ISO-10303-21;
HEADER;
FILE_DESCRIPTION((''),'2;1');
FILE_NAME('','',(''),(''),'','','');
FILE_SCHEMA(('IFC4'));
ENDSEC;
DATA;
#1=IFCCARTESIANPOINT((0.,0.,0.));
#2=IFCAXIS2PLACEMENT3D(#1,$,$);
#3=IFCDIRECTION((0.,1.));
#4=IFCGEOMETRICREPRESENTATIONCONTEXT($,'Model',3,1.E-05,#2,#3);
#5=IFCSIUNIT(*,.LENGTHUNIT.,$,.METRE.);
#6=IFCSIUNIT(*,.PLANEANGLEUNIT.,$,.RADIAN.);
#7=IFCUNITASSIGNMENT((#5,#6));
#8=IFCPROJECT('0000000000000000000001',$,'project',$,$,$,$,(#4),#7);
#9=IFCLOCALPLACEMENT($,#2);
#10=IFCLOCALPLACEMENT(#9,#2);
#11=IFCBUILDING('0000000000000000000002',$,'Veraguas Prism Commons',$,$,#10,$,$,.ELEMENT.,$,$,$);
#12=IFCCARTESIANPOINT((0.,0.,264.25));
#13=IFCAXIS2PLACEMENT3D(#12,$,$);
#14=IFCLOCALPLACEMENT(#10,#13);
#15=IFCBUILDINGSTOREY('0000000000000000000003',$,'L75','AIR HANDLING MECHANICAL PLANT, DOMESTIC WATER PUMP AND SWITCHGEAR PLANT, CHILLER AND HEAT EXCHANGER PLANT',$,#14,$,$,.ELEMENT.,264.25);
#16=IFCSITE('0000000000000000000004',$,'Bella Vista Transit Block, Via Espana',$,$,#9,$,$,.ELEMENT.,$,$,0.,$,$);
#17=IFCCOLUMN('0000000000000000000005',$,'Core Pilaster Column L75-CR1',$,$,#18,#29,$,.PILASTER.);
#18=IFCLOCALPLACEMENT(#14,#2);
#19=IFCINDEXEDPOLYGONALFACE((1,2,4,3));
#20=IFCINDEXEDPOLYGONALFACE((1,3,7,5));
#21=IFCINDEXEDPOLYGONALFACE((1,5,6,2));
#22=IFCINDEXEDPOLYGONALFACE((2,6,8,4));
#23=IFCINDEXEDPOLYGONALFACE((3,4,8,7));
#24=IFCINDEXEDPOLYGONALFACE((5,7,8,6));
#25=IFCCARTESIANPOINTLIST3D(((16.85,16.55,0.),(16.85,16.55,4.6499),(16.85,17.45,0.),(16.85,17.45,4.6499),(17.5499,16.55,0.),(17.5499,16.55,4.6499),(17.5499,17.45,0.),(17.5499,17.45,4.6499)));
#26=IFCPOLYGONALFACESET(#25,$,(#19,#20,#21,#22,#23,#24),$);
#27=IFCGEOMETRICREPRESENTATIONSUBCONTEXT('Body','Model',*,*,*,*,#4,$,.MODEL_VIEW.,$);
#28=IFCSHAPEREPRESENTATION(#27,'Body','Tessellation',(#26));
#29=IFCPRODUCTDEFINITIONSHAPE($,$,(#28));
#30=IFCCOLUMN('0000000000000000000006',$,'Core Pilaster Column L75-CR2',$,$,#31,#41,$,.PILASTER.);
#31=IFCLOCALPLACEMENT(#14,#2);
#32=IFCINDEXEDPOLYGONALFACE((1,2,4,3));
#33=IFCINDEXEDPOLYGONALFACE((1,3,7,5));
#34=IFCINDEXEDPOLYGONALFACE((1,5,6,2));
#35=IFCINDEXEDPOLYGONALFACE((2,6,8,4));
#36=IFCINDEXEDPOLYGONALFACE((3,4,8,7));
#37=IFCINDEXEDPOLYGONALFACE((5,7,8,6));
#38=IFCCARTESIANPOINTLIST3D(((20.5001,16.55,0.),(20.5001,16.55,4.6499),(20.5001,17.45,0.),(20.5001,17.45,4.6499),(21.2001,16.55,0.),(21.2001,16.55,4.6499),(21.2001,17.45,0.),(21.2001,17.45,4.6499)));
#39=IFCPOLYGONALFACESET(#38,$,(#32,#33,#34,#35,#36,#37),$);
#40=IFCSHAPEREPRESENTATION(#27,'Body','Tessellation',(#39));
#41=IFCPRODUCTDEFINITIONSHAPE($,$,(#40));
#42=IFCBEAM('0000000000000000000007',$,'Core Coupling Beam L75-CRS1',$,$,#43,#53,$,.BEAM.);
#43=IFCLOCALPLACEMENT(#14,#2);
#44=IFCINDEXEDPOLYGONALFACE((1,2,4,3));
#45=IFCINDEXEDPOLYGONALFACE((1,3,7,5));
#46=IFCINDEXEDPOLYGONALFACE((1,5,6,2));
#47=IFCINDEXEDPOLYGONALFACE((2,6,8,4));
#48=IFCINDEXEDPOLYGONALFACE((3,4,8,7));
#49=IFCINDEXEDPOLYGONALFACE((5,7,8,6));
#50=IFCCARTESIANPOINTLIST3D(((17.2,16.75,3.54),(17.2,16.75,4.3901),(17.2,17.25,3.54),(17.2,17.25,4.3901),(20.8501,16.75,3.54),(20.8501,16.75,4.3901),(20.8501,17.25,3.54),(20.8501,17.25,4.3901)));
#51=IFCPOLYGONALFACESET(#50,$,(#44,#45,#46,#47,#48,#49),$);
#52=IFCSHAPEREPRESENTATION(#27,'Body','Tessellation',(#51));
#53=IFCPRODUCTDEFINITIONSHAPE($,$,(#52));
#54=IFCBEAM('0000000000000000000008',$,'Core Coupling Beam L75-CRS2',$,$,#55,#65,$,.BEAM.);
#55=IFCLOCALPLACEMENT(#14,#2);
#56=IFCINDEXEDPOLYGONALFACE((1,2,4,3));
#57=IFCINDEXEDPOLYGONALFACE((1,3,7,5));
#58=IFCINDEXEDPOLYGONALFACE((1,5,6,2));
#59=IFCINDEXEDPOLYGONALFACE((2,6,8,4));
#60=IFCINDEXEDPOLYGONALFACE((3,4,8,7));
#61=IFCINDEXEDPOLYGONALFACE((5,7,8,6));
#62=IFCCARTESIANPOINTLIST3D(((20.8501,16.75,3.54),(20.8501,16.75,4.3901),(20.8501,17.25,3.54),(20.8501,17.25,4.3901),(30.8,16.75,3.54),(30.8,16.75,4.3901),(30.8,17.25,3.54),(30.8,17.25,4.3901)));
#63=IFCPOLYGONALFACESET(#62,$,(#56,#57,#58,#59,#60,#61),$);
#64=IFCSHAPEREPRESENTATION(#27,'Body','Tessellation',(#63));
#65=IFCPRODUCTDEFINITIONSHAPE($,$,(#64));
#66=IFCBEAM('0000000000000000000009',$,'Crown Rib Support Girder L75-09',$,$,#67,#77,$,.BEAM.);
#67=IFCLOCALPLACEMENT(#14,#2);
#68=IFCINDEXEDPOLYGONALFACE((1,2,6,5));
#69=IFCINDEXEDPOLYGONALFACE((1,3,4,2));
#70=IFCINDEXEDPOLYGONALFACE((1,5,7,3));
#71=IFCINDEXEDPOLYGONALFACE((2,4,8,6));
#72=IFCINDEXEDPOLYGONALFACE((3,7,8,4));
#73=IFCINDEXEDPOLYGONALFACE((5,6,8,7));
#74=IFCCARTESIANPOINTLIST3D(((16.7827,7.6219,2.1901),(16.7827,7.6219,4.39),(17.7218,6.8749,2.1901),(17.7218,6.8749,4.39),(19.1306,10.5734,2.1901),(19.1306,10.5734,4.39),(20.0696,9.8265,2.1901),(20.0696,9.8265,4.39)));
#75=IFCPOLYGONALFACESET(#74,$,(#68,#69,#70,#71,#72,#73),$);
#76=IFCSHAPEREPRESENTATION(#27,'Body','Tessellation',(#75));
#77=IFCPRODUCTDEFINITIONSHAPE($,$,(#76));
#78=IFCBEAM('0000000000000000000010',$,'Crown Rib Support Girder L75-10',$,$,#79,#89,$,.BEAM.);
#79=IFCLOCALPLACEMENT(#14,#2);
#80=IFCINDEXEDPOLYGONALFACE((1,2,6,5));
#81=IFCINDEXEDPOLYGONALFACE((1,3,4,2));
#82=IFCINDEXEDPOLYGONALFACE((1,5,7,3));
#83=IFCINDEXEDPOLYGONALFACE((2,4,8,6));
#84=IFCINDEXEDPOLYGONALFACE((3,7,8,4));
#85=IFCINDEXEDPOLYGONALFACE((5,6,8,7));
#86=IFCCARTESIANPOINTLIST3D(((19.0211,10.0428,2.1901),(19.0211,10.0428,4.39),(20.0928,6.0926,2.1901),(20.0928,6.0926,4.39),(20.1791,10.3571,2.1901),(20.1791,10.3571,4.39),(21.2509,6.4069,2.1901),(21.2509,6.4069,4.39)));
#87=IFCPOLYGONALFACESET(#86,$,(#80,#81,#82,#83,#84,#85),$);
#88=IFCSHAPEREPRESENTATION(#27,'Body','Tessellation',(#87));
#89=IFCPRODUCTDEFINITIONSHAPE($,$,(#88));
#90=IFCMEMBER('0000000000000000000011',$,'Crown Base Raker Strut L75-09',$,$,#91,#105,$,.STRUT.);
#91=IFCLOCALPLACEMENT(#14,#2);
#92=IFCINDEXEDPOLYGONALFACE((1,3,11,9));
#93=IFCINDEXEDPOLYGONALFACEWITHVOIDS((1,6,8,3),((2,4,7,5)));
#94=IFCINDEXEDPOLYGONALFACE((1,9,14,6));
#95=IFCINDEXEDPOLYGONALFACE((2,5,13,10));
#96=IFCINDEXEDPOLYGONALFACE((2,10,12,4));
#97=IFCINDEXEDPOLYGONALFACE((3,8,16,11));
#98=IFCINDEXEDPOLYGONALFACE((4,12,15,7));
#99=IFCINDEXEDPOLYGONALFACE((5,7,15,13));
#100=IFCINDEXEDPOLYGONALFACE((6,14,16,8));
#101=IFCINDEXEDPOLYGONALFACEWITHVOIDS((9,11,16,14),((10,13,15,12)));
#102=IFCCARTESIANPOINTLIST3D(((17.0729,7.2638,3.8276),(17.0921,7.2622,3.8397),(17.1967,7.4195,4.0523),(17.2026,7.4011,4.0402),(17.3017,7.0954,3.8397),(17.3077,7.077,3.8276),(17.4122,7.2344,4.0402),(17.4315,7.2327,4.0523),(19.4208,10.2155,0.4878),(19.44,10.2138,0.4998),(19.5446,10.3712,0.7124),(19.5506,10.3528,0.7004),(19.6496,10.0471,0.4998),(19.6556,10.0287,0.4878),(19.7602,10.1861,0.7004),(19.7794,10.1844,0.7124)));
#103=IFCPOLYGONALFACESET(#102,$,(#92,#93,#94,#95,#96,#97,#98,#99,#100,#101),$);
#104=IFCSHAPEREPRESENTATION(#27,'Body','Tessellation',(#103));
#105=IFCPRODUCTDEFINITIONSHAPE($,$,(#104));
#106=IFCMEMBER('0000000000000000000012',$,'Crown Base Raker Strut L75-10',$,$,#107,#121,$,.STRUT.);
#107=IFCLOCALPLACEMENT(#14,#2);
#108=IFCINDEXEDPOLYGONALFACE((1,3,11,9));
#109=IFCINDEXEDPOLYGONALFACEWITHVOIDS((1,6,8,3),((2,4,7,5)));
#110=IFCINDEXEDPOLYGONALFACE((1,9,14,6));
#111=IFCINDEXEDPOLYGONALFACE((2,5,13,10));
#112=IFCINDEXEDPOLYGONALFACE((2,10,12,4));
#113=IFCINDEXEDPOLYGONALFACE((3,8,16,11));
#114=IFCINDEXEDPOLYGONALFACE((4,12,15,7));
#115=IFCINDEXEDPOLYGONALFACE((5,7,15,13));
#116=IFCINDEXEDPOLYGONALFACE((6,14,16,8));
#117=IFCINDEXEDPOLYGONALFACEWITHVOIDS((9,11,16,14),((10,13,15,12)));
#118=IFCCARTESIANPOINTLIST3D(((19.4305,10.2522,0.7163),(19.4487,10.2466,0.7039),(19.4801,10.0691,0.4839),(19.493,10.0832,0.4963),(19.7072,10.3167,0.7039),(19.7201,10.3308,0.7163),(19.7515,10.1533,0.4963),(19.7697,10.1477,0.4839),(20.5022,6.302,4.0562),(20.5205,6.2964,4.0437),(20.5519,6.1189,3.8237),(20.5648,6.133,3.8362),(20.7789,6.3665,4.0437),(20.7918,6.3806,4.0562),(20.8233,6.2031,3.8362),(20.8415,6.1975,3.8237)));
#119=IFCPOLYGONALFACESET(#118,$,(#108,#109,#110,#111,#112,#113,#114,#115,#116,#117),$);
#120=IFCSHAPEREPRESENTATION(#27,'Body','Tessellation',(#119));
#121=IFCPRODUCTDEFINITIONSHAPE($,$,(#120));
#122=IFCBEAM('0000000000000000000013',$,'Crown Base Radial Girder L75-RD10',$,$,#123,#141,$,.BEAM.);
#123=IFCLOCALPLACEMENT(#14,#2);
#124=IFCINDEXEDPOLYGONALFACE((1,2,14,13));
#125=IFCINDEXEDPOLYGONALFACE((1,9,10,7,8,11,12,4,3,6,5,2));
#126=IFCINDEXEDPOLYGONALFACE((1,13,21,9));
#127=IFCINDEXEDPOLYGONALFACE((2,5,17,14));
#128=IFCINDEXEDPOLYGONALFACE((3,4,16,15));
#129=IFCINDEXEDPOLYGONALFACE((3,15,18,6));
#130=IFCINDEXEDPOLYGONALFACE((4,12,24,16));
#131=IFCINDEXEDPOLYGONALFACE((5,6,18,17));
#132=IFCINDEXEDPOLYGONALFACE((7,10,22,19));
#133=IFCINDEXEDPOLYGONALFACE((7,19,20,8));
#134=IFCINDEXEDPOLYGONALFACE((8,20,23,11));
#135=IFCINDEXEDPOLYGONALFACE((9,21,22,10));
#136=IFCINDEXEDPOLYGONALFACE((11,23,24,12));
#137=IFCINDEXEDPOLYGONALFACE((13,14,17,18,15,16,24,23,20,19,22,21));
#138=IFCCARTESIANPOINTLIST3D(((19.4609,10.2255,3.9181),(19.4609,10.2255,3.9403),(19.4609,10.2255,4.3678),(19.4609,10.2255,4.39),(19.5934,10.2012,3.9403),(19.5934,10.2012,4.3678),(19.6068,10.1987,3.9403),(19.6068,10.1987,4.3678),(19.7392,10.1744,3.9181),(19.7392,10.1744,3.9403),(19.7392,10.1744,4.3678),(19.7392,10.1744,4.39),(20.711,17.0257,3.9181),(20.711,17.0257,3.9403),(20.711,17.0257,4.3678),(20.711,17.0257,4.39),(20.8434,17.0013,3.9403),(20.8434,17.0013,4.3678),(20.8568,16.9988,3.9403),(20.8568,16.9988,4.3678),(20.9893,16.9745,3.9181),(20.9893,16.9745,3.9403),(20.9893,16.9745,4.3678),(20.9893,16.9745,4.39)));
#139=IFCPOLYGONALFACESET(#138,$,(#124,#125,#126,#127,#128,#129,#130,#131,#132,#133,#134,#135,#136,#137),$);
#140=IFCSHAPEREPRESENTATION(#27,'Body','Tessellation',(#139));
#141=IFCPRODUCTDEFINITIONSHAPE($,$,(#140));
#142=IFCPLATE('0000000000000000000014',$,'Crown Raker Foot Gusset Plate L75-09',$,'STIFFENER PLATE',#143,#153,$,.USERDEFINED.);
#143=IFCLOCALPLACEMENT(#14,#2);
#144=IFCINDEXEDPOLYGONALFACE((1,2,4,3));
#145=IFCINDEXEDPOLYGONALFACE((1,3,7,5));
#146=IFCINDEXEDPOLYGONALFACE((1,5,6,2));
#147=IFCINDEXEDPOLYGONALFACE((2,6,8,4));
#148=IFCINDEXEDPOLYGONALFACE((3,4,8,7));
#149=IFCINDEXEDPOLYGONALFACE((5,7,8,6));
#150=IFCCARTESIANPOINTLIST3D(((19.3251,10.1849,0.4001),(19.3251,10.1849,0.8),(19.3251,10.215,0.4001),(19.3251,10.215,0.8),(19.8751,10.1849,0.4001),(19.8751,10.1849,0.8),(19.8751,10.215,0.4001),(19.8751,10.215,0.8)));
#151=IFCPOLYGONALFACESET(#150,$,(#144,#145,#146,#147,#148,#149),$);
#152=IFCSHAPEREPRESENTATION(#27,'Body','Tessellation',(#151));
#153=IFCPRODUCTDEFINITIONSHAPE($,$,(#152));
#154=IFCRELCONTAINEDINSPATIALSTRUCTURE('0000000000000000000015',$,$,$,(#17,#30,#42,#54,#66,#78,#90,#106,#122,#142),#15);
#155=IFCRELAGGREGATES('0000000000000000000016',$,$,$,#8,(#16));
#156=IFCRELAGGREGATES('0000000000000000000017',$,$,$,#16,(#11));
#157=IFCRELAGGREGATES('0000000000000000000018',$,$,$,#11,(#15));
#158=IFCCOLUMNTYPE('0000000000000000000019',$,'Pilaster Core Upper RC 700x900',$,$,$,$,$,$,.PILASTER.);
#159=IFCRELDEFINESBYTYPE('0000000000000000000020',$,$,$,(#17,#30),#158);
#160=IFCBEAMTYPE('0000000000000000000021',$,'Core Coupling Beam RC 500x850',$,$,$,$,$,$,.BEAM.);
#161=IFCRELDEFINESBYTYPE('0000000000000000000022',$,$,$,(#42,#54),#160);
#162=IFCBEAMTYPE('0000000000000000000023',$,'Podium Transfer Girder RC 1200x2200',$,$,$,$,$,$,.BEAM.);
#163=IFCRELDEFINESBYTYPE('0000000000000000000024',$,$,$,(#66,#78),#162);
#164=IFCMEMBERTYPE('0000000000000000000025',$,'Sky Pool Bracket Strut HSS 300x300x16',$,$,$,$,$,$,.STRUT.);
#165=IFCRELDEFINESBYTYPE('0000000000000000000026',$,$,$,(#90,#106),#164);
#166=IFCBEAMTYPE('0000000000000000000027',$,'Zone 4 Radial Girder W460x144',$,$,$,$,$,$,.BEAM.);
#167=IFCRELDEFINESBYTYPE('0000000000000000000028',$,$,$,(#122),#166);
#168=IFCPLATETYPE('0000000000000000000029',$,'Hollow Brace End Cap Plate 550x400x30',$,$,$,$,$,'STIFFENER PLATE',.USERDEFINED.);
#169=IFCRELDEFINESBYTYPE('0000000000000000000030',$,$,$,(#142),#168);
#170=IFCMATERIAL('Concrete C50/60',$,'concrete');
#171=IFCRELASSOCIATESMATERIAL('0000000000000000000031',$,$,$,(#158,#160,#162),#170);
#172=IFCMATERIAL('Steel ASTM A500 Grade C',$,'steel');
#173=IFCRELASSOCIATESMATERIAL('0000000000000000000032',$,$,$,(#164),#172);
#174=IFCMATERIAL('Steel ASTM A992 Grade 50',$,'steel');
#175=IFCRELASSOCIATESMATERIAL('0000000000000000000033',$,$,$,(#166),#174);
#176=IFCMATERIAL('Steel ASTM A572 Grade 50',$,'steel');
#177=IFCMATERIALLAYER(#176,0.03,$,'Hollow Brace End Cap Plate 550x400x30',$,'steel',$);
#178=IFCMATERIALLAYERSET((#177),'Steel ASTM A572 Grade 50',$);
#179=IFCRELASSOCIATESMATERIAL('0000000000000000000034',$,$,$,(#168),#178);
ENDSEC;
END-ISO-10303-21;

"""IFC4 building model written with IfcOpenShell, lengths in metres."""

from ifc_helpers import new_model, si_unit, direction, frame, origin, origin_2d, place, context, subcontext, project, spatial, rectangle, hollow_rectangle, i_section, extrude, source, transform, mapped, material, layer, layer_set, material_profile, profile_set, type_object, element, save


model = new_model("IFC4")

# Units and contexts
model_context = context("Model", 3, precision=1e-05, world=origin(), true_north=direction((0.0, 1.0)))
body_context = subcontext(model_context, "Body", "Model", "MODEL_VIEW")
ifc_project = project(units=[si_unit("LENGTHUNIT", "METRE"), si_unit("PLANEANGLEUNIT", "RADIAN")], contexts=[model_context])

# Site, building, storey
site_placement = place(None, origin())
site = spatial("IfcSite", under=ifc_project, at=site_placement, Name="Bella Vista Transit Block, Via Espana", CompositionType="ELEMENT", RefElevation=0.0)
building_placement = place(site_placement, origin())
building = spatial("IfcBuilding", under=site, at=building_placement, Name="Veraguas Prism Commons", CompositionType="ELEMENT")
storey_placement = place(building_placement, frame((0.0, 0.0, 264.25)))
storey = spatial("IfcBuildingStorey", under=building, at=storey_placement, Name="L75", Description="AIR HANDLING MECHANICAL PLANT, DOMESTIC WATER PUMP AND SWITCHGEAR PLANT, CHILLER AND HEAT EXCHANGER PLANT", CompositionType="ELEMENT", Elevation=264.25)

# Columns
ifc_material_1 = material(Name="Concrete C50/60", Category="concrete")
ifc_material_profile_1 = material_profile(ifc_material_1, rectangle(XDim=0.7, YDim=0.8999, at=origin_2d()), Name="RC700X900")
ifc_profile_set_1 = profile_set([ifc_material_profile_1], Name="Concrete C50/60")
column_type = type_object("IfcColumnType", Name="Pilaster Core Upper RC 700x900", PredefinedType="PILASTER", material=ifc_profile_set_1)
for number, where, z_axis, x_axis, name in (
    (1, (17.2, 17.0, 0.0), (0.0, 0.0, 1.0), (1.0, 0.0, 0.0), "Core Pilaster Column L75-CR1"),
    (2, (20.8501, 17.0, 0.0), (0.0, 0.0, 1.0), (1.0, 0.0, 0.0), "Core Pilaster Column L75-CR2"),
):
    element("IfcColumn", number, at=place(storey_placement, frame(where, z_axis=z_axis, x_axis=x_axis)), inside=storey, type_object=column_type, Name=name, PredefinedType="PILASTER", context=body_context, shape_type="SweptSolid", body=[
        extrude(rectangle(XDim=0.7, YDim=0.8999, at=origin_2d()), origin(), (0.0, 0.0, 1.0), 4.6499),
    ])

# Beams
ifc_material_profile_2 = material_profile(ifc_material_1, rectangle(XDim=0.5, YDim=0.8501, at=origin_2d()), Name="RC500X850")
ifc_profile_set_2 = profile_set([ifc_material_profile_2], Name="Concrete C50/60")
beam_type_1 = type_object("IfcBeamType", Name="Core Coupling Beam RC 500x850", PredefinedType="BEAM", material=ifc_profile_set_2)
beam_1_placement = place(storey_placement, frame((17.2, 17.0, 3.9651), z_axis=(1.0, 0.0, 0.0), x_axis=(0.0, 1.0, 0.0)))
element("IfcBeam", 3, at=beam_1_placement, inside=storey, type_object=beam_type_1, Name="Core Coupling Beam L75-CRS1", PredefinedType="BEAM", context=body_context, shape_type="SweptSolid", body=[
    extrude(rectangle(XDim=0.5, YDim=0.8501, at=origin_2d()), origin(), (0.0, 0.0, 1.0), 3.6501),
])
beam_2_placement = place(storey_placement, frame((20.8501, 17.0, 3.9651), z_axis=(1.0, 0.0, 0.0), x_axis=(0.0, 1.0, 0.0)))
element("IfcBeam", 4, at=beam_2_placement, inside=storey, type_object=beam_type_1, Name="Core Coupling Beam L75-CRS2", PredefinedType="BEAM", context=body_context, shape_type="SweptSolid", body=[
    extrude(rectangle(XDim=0.5, YDim=0.8501, at=origin_2d()), origin(), (0.0, 0.0, 1.0), 9.95),
])
ifc_material_profile_3 = material_profile(ifc_material_1, rectangle(XDim=1.2, YDim=2.2, at=origin_2d()), Name="RC1200X2200")
ifc_profile_set_3 = profile_set([ifc_material_profile_3], Name="Concrete C50/60")
beam_type_2 = type_object("IfcBeamType", Name="Podium Transfer Girder RC 1200x2200", PredefinedType="BEAM", material=ifc_profile_set_3)
beam_3_placement = place(storey_placement, frame((19.6001, 10.2, 3.29), z_axis=(-0.622522, -0.782602, 0.0), x_axis=(0.782602, -0.622522, 0.0)))
element("IfcBeam", 5, at=beam_3_placement, inside=storey, type_object=beam_type_2, Name="Crown Rib Support Girder L75-09", PredefinedType="BEAM", context=body_context, shape_type="SweptSolid", body=[
    extrude(rectangle(XDim=1.2, YDim=2.2, at=origin_2d()), origin(), (0.0, 0.0, 1.0), 3.7715),
])
beam_4_placement = place(storey_placement, frame((19.6001, 10.2, 3.29), z_axis=(0.261855, -0.965107, 0.0), x_axis=(0.965107, 0.261855, 0.0)))
element("IfcBeam", 6, at=beam_4_placement, inside=storey, type_object=beam_type_2, Name="Crown Rib Support Girder L75-10", PredefinedType="BEAM", context=body_context, shape_type="SweptSolid", body=[
    extrude(rectangle(XDim=1.2, YDim=2.2, at=origin_2d()), origin(), (0.0, 0.0, 1.0), 4.093),
])

# Members
ifc_material_2 = material(Name="Steel ASTM A500 Grade C", Category="steel")
ifc_material_profile_4 = material_profile(ifc_material_2, hollow_rectangle(XDim=0.3, YDim=0.3, WallThickness=0.0161, at=origin_2d()), Name="HSS300X300X16")
ifc_profile_set_4 = profile_set([ifc_material_profile_4], Name="Steel ASTM A500 Grade C")
member_type = type_object("IfcMemberType", Name="Sky Pool Bracket Strut HSS 300x300x16", PredefinedType="STRUT", material=ifc_profile_set_4)
member_1_placement = place(storey_placement, frame((19.6001, 10.2, 0.6001), z_axis=(-0.466056, -0.585902, 0.662956), x_axis=(0.782602, -0.622522, 0.0)))
element("IfcMember", 7, at=member_1_placement, inside=storey, type_object=member_type, Name="Crown Base Raker Strut L75-09", PredefinedType="STRUT", context=body_context, shape_type="SweptSolid", body=[
    extrude(hollow_rectangle(XDim=0.3, YDim=0.3, WallThickness=0.0161, at=origin_2d()), origin(), (0.0, 0.0, 1.0), 5.0378),
])
member_2_placement = place(storey_placement, frame((19.6001, 10.2, 0.6001), z_axis=(0.202883, -0.747755, 0.632218), x_axis=(0.965107, 0.261855, 0.0)))
element("IfcMember", 8, at=member_2_placement, inside=storey, type_object=member_type, Name="Crown Base Raker Strut L75-10", PredefinedType="STRUT", context=body_context, shape_type="SweptSolid", body=[
    extrude(hollow_rectangle(XDim=0.3, YDim=0.3, WallThickness=0.0161, at=origin_2d()), origin(), (0.0, 0.0, 1.0), 5.2827),
])

# Beam
ifc_material_3 = material(Name="Steel ASTM A992 Grade 50", Category="steel")
ifc_material_profile_5 = material_profile(ifc_material_3, i_section(OverallWidth=0.283, OverallDepth=0.4719, WebThickness=0.0137, FlangeThickness=0.0222, at=origin_2d()), Name="W460X144")
ifc_profile_set_5 = profile_set([ifc_material_profile_5], Name="Steel ASTM A992 Grade 50")
beam_type_3 = type_object("IfcBeamType", Name="Zone 4 Radial Girder W460x144", PredefinedType="BEAM", material=ifc_profile_set_5)
beam_5_placement = place(storey_placement, frame((19.6001, 10.2, 4.1541), z_axis=(0.180793, 0.983521, 0.0), x_axis=(-0.983521, 0.180793, 0.0)))
element("IfcBeam", 9, at=beam_5_placement, inside=storey, type_object=beam_type_3, Name="Crown Base Radial Girder L75-RD10", PredefinedType="BEAM", context=body_context, shape_type="SweptSolid", body=[
    extrude(i_section(OverallWidth=0.283, OverallDepth=0.4719, WebThickness=0.0137, FlangeThickness=0.0222, at=origin_2d()), origin(), (0.0, 0.0, 1.0), 6.9141),
])

# Plate
ifc_material_4 = material(Name="Steel ASTM A572 Grade 50", Category="steel")
ifc_layer_1 = layer(ifc_material_4, 0.03, Name="Hollow Brace End Cap Plate 550x400x30", Category="steel")
ifc_layer_set_1 = layer_set([ifc_layer_1], Name="Steel ASTM A572 Grade 50")
plate_type = type_object("IfcPlateType", Name="Hollow Brace End Cap Plate 550x400x30", ElementType="STIFFENER PLATE", PredefinedType="USERDEFINED", material=ifc_layer_set_1)
shared_shape_1 = source(origin(), body_context, "Body", "SweptSolid", [
    extrude(rectangle(XDim=0.55, YDim=0.03, at=origin_2d()), origin(), (0.0, 0.0, 1.0), 0.3999),
])
plate_placement = place(storey_placement, frame((19.6001, 10.2, 0.4001), z_axis=(0.0, 0.0, 1.0), x_axis=(1.0, 0.0, 0.0)))
element("IfcPlate", 10, at=plate_placement, inside=storey, type_object=plate_type, Name="Crown Raker Foot Gusset Plate L75-09", ObjectType="STIFFENER PLATE", PredefinedType="USERDEFINED", context=body_context, shape_type="MappedRepresentation", body=[
    mapped(shared_shape_1, transform((0.0, 0.0, 0.0), scale=1.0)),
])

save(model, "model.ifc")
